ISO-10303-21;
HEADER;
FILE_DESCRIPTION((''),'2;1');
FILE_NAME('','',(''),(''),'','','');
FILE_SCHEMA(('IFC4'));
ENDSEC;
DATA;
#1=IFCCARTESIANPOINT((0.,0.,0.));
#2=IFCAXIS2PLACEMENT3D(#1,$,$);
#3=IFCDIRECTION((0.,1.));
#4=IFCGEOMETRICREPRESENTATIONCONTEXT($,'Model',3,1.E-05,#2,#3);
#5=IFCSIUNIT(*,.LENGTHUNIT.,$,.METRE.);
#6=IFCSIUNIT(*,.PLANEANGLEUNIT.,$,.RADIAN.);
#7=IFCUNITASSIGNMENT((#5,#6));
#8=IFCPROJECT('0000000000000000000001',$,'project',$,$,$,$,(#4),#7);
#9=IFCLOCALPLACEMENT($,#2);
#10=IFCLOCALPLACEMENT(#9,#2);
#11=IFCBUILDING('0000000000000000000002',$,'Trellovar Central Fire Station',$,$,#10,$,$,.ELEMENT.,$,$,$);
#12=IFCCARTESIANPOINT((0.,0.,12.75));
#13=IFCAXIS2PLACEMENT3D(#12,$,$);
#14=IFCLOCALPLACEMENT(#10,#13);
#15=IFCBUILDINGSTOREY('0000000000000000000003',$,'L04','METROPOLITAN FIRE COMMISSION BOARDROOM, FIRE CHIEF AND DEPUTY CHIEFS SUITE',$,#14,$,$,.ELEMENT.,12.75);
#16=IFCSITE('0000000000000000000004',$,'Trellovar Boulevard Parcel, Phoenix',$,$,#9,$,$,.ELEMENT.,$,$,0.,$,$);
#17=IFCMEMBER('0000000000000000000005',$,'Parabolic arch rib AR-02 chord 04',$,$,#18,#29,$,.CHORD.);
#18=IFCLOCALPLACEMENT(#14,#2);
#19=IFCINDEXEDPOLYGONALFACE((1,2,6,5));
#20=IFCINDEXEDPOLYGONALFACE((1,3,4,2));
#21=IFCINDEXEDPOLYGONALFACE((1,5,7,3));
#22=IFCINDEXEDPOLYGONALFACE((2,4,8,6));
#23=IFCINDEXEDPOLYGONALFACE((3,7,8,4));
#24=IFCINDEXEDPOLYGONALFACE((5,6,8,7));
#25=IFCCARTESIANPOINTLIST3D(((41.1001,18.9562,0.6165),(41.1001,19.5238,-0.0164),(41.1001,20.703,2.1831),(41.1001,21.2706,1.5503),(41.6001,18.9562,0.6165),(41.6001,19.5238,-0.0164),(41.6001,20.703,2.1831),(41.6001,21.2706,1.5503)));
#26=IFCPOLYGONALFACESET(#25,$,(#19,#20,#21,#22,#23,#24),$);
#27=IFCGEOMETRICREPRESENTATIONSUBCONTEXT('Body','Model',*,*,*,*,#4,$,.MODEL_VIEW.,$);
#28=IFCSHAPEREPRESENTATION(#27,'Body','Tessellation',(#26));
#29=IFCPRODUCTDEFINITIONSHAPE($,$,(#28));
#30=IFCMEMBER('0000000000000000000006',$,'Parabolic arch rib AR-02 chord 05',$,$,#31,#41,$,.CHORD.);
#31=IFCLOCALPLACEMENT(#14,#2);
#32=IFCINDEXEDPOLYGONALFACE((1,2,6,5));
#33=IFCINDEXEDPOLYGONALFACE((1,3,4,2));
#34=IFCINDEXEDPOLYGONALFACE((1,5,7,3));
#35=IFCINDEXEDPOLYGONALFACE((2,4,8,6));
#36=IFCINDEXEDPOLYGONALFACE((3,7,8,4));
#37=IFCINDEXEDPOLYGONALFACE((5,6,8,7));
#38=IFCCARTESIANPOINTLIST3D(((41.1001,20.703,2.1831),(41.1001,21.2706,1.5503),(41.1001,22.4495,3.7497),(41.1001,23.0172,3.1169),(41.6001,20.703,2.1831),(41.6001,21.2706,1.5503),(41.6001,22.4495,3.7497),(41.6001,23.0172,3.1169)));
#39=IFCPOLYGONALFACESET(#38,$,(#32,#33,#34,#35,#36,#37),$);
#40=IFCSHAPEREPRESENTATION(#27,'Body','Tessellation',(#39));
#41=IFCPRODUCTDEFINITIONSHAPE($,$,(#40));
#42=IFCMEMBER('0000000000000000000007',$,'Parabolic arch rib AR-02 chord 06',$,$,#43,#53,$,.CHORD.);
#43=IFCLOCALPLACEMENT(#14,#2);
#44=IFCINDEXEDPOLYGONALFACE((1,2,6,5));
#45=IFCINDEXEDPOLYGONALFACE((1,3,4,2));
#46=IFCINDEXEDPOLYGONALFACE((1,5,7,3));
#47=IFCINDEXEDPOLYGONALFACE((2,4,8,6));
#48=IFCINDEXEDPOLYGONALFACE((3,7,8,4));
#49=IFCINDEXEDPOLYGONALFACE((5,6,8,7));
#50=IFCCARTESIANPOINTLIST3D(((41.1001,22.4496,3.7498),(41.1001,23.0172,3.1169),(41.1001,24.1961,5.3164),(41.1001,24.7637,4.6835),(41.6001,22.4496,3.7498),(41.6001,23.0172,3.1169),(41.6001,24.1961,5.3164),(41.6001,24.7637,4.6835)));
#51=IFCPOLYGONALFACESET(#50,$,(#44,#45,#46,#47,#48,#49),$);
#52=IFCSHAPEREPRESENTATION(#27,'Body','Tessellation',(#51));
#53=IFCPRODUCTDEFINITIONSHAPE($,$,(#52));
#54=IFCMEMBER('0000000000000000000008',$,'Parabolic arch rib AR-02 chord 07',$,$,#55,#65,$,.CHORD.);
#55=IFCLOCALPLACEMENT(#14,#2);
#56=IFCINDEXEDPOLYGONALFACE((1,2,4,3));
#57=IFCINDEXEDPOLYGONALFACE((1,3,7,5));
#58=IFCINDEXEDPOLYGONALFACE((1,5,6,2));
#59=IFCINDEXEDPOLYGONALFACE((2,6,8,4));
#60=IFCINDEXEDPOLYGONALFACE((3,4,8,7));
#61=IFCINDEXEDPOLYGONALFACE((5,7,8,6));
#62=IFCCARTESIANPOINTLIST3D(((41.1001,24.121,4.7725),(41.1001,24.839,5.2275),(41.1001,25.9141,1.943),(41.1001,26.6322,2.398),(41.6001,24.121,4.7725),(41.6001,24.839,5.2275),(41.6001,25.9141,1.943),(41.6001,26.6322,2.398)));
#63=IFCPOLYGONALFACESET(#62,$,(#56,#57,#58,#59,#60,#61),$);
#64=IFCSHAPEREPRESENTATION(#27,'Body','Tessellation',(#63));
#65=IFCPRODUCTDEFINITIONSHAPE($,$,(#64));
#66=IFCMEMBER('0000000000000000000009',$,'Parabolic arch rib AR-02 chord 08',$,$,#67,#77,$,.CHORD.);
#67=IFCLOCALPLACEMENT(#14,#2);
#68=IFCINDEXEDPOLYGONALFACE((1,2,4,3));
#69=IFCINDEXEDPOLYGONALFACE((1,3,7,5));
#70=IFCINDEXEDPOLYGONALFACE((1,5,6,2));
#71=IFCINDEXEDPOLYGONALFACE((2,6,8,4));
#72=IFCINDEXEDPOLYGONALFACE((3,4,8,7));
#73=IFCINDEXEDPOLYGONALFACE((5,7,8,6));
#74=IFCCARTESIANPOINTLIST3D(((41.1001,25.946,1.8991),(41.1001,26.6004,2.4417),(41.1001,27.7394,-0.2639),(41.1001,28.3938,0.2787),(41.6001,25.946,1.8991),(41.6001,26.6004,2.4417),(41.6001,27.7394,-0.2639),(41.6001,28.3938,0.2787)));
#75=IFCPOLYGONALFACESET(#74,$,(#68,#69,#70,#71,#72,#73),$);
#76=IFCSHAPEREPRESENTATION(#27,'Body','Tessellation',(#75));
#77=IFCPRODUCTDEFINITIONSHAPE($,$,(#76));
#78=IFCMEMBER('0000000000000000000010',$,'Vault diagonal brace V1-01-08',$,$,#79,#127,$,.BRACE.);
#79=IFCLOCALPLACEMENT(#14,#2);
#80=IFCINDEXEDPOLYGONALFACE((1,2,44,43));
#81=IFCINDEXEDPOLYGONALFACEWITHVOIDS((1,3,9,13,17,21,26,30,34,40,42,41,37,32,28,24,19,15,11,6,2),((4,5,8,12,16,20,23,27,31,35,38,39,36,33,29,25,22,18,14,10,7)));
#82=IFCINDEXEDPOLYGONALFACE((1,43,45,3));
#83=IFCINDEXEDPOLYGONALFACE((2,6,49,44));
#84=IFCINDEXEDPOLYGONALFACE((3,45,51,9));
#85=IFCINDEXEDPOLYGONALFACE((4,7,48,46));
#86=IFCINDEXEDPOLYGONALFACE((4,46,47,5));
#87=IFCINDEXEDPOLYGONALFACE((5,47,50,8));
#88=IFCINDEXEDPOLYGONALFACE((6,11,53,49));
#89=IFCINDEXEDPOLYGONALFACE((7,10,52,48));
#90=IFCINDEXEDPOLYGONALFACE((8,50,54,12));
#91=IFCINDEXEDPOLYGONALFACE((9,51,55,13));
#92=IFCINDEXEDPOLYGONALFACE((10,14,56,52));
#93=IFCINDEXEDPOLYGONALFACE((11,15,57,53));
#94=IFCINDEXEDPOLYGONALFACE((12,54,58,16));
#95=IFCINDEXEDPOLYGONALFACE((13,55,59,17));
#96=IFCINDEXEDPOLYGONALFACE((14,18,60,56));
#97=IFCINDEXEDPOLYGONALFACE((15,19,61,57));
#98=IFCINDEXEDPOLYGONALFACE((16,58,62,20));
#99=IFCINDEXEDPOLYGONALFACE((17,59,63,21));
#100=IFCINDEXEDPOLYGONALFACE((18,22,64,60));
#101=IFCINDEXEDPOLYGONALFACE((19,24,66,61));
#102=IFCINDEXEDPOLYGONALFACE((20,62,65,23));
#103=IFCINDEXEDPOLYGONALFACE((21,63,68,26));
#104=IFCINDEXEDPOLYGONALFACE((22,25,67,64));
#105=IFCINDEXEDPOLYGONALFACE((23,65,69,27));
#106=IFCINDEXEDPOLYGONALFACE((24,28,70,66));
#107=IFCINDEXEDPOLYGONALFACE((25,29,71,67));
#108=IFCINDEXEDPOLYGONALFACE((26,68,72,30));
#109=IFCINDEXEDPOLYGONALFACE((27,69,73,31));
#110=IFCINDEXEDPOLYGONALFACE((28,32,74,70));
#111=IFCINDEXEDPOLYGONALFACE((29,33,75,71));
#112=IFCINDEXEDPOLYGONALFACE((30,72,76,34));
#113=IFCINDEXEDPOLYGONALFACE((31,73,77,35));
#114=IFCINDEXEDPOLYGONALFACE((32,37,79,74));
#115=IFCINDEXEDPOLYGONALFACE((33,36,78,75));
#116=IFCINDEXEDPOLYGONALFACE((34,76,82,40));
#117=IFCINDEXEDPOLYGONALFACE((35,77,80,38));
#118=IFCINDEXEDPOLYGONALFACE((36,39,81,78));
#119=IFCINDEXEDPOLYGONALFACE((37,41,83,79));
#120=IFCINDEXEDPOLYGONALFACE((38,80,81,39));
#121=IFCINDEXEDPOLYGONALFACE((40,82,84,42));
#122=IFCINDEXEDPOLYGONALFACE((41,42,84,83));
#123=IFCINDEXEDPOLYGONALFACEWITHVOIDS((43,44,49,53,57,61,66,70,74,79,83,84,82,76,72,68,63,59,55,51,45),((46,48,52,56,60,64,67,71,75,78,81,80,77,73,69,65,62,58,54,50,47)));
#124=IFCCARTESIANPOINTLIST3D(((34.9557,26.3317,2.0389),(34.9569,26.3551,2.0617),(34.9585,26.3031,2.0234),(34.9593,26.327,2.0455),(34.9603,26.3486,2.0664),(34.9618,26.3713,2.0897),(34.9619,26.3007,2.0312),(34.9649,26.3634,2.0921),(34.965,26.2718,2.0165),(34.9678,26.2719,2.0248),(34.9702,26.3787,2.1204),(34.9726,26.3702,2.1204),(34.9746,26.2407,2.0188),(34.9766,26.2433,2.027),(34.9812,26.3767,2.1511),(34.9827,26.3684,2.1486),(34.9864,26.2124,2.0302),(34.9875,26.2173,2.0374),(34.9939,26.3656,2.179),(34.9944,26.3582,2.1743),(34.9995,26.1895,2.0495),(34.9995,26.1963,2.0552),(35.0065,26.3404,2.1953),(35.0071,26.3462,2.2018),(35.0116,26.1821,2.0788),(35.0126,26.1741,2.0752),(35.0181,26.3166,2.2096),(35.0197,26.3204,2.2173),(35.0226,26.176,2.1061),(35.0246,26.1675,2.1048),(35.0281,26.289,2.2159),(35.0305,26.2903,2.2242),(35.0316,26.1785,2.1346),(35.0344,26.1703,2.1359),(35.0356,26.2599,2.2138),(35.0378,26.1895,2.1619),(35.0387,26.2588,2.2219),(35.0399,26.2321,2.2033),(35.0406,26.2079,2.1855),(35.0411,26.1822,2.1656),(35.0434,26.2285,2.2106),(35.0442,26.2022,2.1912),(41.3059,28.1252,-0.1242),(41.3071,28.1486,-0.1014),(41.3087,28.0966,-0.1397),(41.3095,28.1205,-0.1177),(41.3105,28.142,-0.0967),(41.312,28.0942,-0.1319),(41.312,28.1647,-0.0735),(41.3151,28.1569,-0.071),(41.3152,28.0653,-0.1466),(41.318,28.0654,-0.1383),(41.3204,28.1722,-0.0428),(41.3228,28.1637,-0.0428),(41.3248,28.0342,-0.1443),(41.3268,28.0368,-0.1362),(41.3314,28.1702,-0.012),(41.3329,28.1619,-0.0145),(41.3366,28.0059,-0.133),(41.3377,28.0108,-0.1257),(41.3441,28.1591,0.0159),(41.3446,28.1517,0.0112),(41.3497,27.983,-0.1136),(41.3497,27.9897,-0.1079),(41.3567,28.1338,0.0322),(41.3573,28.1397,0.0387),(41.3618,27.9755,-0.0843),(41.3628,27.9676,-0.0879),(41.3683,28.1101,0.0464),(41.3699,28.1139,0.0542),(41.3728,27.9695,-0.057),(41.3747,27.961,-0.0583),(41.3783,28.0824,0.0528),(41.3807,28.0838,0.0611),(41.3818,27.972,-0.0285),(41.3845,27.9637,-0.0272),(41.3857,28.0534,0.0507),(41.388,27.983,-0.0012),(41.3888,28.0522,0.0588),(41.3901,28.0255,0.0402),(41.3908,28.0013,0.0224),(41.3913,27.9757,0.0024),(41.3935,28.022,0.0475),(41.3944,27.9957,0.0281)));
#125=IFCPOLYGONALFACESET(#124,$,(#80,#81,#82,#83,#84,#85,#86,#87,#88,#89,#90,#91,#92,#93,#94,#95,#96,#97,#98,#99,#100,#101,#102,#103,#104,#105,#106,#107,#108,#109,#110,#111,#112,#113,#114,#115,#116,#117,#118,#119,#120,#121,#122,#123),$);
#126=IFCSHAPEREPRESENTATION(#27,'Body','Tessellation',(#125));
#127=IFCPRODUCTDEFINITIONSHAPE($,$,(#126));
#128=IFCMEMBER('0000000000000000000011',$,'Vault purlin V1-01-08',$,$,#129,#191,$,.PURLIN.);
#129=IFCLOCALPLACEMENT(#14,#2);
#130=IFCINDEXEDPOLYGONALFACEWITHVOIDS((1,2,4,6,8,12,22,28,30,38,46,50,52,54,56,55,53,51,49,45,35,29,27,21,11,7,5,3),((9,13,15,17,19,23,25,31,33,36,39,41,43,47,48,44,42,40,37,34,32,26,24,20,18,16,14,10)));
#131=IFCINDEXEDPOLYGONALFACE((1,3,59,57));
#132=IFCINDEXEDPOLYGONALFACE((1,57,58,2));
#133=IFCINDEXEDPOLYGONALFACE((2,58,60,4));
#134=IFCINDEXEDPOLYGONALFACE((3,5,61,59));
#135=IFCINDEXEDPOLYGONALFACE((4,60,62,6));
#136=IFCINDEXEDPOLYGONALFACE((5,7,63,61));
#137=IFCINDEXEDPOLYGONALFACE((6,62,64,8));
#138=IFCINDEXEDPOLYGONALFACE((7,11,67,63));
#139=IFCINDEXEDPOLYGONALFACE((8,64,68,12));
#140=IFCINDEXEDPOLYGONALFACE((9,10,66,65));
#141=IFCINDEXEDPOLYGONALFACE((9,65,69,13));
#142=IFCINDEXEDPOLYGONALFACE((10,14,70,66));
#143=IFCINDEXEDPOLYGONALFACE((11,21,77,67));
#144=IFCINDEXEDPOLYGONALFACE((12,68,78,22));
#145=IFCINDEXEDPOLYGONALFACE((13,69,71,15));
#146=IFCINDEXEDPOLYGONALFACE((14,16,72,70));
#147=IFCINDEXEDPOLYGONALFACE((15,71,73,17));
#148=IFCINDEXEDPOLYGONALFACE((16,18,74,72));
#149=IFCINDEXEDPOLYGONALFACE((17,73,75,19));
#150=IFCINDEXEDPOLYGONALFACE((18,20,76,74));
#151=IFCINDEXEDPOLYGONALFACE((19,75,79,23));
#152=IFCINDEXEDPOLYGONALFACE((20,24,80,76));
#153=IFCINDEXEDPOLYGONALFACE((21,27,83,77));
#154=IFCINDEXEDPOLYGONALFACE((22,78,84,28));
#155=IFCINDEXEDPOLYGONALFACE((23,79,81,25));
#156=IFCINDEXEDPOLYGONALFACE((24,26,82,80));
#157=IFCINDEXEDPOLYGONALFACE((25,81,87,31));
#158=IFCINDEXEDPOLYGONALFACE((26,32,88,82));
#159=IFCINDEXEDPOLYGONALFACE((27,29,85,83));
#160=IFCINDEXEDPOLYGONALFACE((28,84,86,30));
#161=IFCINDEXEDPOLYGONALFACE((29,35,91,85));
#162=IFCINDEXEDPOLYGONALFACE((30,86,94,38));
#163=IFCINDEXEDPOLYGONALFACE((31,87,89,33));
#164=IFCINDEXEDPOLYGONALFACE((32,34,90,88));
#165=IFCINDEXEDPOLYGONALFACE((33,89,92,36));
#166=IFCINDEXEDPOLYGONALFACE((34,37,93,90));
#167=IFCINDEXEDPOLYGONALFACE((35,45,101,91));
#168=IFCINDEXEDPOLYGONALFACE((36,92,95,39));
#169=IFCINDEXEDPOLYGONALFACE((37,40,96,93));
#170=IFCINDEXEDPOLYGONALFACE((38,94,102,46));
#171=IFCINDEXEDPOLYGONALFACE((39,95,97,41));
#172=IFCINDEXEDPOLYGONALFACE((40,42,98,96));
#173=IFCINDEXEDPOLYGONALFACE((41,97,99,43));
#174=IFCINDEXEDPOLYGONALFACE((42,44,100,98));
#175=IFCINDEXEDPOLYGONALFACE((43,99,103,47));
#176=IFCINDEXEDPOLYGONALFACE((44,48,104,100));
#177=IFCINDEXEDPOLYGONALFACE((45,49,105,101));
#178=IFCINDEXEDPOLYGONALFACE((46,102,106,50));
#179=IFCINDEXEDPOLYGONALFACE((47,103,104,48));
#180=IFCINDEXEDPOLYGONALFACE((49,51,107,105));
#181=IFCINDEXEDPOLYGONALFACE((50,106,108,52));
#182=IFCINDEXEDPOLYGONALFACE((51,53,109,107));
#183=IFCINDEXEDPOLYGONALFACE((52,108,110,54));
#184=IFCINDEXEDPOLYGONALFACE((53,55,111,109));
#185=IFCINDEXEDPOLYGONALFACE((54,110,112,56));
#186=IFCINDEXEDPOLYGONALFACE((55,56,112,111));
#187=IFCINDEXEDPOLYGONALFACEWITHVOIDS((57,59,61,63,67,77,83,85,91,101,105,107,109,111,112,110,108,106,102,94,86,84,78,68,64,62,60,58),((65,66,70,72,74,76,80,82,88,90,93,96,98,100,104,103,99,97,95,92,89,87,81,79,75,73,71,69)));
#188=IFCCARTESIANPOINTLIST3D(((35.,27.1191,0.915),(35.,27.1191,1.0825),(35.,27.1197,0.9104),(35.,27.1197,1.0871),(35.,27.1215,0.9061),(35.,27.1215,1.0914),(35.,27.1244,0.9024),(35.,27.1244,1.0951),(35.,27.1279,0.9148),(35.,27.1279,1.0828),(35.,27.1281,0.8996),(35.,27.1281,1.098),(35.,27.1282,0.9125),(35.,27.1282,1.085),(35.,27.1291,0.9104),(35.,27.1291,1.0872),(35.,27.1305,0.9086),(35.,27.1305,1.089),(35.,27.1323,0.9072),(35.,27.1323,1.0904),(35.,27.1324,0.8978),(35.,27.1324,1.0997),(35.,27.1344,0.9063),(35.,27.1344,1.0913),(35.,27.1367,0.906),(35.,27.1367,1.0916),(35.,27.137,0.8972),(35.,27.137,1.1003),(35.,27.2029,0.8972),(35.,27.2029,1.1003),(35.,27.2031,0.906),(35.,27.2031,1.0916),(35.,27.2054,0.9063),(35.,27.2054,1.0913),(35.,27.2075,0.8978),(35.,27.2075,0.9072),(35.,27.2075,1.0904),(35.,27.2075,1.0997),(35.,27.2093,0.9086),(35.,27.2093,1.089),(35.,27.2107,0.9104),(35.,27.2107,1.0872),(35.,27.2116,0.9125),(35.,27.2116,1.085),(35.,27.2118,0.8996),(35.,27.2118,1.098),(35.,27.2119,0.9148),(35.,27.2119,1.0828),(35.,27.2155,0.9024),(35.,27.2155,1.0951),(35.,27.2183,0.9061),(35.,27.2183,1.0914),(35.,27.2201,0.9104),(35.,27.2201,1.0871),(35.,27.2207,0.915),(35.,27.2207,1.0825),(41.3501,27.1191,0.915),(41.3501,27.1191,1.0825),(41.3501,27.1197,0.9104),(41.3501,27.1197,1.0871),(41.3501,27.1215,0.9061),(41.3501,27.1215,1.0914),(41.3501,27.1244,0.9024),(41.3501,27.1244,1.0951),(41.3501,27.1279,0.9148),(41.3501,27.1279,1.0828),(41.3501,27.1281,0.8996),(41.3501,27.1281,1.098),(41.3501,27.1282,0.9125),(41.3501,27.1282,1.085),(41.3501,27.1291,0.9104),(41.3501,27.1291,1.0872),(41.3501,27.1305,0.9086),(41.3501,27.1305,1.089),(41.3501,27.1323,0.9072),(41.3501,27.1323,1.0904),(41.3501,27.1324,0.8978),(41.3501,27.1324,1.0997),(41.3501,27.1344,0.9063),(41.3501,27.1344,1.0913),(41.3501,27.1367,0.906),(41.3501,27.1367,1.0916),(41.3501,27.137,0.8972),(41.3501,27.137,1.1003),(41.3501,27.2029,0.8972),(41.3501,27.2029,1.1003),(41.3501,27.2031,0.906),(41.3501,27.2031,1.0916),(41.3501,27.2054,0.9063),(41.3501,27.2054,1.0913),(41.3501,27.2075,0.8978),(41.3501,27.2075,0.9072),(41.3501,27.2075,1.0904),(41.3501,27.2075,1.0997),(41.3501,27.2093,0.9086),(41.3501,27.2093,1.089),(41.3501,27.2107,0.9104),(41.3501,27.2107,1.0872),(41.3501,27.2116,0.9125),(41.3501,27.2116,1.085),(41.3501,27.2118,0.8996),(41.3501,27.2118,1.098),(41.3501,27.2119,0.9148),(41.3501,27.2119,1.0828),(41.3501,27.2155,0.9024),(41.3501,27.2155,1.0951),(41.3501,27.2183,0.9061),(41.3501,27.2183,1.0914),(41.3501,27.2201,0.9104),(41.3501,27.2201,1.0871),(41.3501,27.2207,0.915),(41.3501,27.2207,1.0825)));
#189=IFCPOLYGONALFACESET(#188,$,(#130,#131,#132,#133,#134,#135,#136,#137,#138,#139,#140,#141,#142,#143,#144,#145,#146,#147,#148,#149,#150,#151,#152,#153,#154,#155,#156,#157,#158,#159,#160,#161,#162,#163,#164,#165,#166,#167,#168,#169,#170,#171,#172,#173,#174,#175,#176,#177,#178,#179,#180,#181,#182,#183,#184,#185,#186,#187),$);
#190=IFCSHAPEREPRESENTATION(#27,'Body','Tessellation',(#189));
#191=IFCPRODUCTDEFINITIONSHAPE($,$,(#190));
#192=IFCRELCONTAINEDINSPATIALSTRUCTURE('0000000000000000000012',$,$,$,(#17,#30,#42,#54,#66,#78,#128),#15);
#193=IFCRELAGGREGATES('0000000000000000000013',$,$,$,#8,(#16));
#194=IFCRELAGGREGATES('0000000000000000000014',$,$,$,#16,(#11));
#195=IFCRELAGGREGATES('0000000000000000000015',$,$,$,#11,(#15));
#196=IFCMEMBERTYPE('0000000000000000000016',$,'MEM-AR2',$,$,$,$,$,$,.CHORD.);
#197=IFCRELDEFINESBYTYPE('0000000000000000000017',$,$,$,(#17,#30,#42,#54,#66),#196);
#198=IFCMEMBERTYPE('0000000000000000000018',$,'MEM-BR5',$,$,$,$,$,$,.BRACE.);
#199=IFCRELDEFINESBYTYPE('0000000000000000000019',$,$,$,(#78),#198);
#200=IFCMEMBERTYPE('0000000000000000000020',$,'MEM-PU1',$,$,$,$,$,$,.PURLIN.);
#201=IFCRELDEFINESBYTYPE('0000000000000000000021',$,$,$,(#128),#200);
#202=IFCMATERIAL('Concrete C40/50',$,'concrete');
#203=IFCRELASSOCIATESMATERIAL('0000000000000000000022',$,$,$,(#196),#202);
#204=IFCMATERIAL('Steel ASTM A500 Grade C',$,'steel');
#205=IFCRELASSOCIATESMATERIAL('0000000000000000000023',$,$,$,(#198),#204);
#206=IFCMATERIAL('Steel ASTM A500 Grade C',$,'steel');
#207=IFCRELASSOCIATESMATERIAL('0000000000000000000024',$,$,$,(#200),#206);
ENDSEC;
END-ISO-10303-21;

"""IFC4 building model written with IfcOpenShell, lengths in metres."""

from ifc_helpers import new_model, si_unit, direction, frame, origin, origin_2d, place, context, subcontext, project, spatial, rectangle, hollow_rectangle, hollow_circle, extrude, material, material_profile, profile_set, type_object, element, save


model = new_model("IFC4")

# Units and contexts
model_context = context("Model", 3, precision=1e-05, world=origin(), true_north=direction((0.0, 1.0)))
body_context = subcontext(model_context, "Body", "Model", "MODEL_VIEW")
ifc_project = project(units=[si_unit("LENGTHUNIT", "METRE"), si_unit("PLANEANGLEUNIT", "RADIAN")], contexts=[model_context])

# Site, building, storey
site_placement = place(None, origin())
site = spatial("IfcSite", under=ifc_project, at=site_placement, Name="Trellovar Boulevard Parcel, Phoenix", CompositionType="ELEMENT", RefElevation=0.0)
building_placement = place(site_placement, origin())
building = spatial("IfcBuilding", under=site, at=building_placement, Name="Trellovar Central Fire Station", CompositionType="ELEMENT")
storey_placement = place(building_placement, frame((0.0, 0.0, 12.75)))
storey = spatial("IfcBuildingStorey", under=building, at=storey_placement, Name="L04", Description="METROPOLITAN FIRE COMMISSION BOARDROOM, FIRE CHIEF AND DEPUTY CHIEFS SUITE", CompositionType="ELEMENT", Elevation=12.75)

# Members
ifc_material_1 = material(Name="Concrete C40/50", Category="concrete")
ifc_material_profile_1 = material_profile(ifc_material_1, rectangle(XDim=0.5, YDim=0.8501, at=origin_2d()), Name="RC500X850")
ifc_profile_set_1 = profile_set([ifc_material_profile_1], Name="Concrete C40/50")
member_type_1 = type_object("IfcMemberType", Name="MEM-AR2", PredefinedType="CHORD", material=ifc_profile_set_1)
member_1_placement = place(storey_placement, frame((41.3501, 19.24, 0.3), z_axis=(0.0, 0.744457, 0.66767), x_axis=(-1.0, 0.0, 0.0)))
element("IfcMember", 1, at=member_1_placement, inside=storey, type_object=member_type_1, Name="Parabolic arch rib AR-02 chord 04", PredefinedType="CHORD", context=body_context, shape_type="SweptSolid", body=[
    extrude(rectangle(XDim=0.5, YDim=0.8501, at=origin_2d()), origin(), (0.0, 0.0, 1.0), 2.3464),
])
for number, where, z_axis, x_axis, name in (
    (2, (41.3501, 20.9868, 1.8667), (0.0, 0.744411, 0.667722), (-1.0, 0.0, 0.0), "Parabolic arch rib AR-02 chord 05"),
    (3, (41.3501, 22.7334, 3.4333), (0.0, 0.744411, 0.667722), (-1.0, 0.0, 0.0), "Parabolic arch rib AR-02 chord 06"),
):
    element("IfcMember", number, at=place(storey_placement, frame(where, z_axis=z_axis, x_axis=x_axis)), inside=storey, type_object=member_type_1, Name=name, PredefinedType="CHORD", context=body_context, shape_type="SweptSolid", body=[
        extrude(rectangle(XDim=0.5, YDim=0.8501, at=origin_2d()), origin(), (0.0, 0.0, 1.0), 2.3462),
    ])
member_2_placement = place(storey_placement, frame((41.3501, 24.48, 5.0), z_axis=(0.0, 0.535295, -0.844665), x_axis=(-1.0, 0.0, 0.0)))
element("IfcMember", 4, at=member_2_placement, inside=storey, type_object=member_type_1, Name="Parabolic arch rib AR-02 chord 07", PredefinedType="CHORD", context=body_context, shape_type="SweptSolid", body=[
    extrude(rectangle(XDim=0.5, YDim=0.8501, at=origin_2d()), origin(), (0.0, 0.0, 1.0), 3.3499),
])
member_3_placement = place(storey_placement, frame((41.3501, 26.2732, 2.1704), z_axis=(0.0, 0.638268, -0.769814), x_axis=(-1.0, 0.0, 0.0)))
element("IfcMember", 5, at=member_3_placement, inside=storey, type_object=member_type_1, Name="Parabolic arch rib AR-02 chord 08", PredefinedType="CHORD", context=body_context, shape_type="SweptSolid", body=[
    extrude(rectangle(XDim=0.5, YDim=0.8501, at=origin_2d()), origin(), (0.0, 0.0, 1.0), 2.8098),
])
ifc_material_2 = material(Name="Steel ASTM A500 Grade C", Category="steel")
ifc_material_profile_2 = material_profile(ifc_material_2, hollow_circle(Radius=0.1096, WallThickness=0.0088, at=origin_2d()), Name="HSS8.625X0.375")
ifc_profile_set_2 = profile_set([ifc_material_profile_2], Name="Steel ASTM A500 Grade C")
member_type_2 = type_object("IfcMemberType", Name="MEM-BR5", PredefinedType="BRACE", material=ifc_profile_set_2)
member_4_placement = place(storey_placement, frame((35.0, 26.2732, 2.1204), z_axis=(0.914472, 0.258274, -0.311504), x_axis=(-0.271798, 0.962354, 0.0)))
element("IfcMember", 6, at=member_4_placement, inside=storey, type_object=member_type_2, Name="Vault diagonal brace V1-01-08", PredefinedType="BRACE", context=body_context, shape_type="SweptSolid", body=[
    extrude(hollow_circle(Radius=0.1096, WallThickness=0.0088, at=origin_2d()), origin(), (0.0, 0.0, 1.0), 6.9441),
])
ifc_material_3 = material(Name="Steel ASTM A500 Grade C", Category="steel")
ifc_material_profile_3 = material_profile(ifc_material_3, hollow_rectangle(XDim=0.1016, YDim=0.2031, WallThickness=0.0088, InnerFilletRadius=0.0088, OuterFilletRadius=0.0178, at=origin_2d()), Name="HSS8X4X3/8")
ifc_profile_set_3 = profile_set([ifc_material_profile_3], Name="Steel ASTM A500 Grade C")
member_type_3 = type_object("IfcMemberType", Name="MEM-PU1", PredefinedType="PURLIN", material=ifc_profile_set_3)
member_5_placement = place(storey_placement, frame((35.0, 27.1699, 0.9988), z_axis=(1.0, 0.0, 0.0), x_axis=(0.0, 1.0, 0.0)))
element("IfcMember", 7, at=member_5_placement, inside=storey, type_object=member_type_3, Name="Vault purlin V1-01-08", PredefinedType="PURLIN", context=body_context, shape_type="SweptSolid", body=[
    extrude(hollow_rectangle(XDim=0.1016, YDim=0.2031, WallThickness=0.0088, InnerFilletRadius=0.0088, OuterFilletRadius=0.0178, at=origin_2d()), origin(), (0.0, 0.0, 1.0), 6.3501),
])

save(model, "model.ifc")
